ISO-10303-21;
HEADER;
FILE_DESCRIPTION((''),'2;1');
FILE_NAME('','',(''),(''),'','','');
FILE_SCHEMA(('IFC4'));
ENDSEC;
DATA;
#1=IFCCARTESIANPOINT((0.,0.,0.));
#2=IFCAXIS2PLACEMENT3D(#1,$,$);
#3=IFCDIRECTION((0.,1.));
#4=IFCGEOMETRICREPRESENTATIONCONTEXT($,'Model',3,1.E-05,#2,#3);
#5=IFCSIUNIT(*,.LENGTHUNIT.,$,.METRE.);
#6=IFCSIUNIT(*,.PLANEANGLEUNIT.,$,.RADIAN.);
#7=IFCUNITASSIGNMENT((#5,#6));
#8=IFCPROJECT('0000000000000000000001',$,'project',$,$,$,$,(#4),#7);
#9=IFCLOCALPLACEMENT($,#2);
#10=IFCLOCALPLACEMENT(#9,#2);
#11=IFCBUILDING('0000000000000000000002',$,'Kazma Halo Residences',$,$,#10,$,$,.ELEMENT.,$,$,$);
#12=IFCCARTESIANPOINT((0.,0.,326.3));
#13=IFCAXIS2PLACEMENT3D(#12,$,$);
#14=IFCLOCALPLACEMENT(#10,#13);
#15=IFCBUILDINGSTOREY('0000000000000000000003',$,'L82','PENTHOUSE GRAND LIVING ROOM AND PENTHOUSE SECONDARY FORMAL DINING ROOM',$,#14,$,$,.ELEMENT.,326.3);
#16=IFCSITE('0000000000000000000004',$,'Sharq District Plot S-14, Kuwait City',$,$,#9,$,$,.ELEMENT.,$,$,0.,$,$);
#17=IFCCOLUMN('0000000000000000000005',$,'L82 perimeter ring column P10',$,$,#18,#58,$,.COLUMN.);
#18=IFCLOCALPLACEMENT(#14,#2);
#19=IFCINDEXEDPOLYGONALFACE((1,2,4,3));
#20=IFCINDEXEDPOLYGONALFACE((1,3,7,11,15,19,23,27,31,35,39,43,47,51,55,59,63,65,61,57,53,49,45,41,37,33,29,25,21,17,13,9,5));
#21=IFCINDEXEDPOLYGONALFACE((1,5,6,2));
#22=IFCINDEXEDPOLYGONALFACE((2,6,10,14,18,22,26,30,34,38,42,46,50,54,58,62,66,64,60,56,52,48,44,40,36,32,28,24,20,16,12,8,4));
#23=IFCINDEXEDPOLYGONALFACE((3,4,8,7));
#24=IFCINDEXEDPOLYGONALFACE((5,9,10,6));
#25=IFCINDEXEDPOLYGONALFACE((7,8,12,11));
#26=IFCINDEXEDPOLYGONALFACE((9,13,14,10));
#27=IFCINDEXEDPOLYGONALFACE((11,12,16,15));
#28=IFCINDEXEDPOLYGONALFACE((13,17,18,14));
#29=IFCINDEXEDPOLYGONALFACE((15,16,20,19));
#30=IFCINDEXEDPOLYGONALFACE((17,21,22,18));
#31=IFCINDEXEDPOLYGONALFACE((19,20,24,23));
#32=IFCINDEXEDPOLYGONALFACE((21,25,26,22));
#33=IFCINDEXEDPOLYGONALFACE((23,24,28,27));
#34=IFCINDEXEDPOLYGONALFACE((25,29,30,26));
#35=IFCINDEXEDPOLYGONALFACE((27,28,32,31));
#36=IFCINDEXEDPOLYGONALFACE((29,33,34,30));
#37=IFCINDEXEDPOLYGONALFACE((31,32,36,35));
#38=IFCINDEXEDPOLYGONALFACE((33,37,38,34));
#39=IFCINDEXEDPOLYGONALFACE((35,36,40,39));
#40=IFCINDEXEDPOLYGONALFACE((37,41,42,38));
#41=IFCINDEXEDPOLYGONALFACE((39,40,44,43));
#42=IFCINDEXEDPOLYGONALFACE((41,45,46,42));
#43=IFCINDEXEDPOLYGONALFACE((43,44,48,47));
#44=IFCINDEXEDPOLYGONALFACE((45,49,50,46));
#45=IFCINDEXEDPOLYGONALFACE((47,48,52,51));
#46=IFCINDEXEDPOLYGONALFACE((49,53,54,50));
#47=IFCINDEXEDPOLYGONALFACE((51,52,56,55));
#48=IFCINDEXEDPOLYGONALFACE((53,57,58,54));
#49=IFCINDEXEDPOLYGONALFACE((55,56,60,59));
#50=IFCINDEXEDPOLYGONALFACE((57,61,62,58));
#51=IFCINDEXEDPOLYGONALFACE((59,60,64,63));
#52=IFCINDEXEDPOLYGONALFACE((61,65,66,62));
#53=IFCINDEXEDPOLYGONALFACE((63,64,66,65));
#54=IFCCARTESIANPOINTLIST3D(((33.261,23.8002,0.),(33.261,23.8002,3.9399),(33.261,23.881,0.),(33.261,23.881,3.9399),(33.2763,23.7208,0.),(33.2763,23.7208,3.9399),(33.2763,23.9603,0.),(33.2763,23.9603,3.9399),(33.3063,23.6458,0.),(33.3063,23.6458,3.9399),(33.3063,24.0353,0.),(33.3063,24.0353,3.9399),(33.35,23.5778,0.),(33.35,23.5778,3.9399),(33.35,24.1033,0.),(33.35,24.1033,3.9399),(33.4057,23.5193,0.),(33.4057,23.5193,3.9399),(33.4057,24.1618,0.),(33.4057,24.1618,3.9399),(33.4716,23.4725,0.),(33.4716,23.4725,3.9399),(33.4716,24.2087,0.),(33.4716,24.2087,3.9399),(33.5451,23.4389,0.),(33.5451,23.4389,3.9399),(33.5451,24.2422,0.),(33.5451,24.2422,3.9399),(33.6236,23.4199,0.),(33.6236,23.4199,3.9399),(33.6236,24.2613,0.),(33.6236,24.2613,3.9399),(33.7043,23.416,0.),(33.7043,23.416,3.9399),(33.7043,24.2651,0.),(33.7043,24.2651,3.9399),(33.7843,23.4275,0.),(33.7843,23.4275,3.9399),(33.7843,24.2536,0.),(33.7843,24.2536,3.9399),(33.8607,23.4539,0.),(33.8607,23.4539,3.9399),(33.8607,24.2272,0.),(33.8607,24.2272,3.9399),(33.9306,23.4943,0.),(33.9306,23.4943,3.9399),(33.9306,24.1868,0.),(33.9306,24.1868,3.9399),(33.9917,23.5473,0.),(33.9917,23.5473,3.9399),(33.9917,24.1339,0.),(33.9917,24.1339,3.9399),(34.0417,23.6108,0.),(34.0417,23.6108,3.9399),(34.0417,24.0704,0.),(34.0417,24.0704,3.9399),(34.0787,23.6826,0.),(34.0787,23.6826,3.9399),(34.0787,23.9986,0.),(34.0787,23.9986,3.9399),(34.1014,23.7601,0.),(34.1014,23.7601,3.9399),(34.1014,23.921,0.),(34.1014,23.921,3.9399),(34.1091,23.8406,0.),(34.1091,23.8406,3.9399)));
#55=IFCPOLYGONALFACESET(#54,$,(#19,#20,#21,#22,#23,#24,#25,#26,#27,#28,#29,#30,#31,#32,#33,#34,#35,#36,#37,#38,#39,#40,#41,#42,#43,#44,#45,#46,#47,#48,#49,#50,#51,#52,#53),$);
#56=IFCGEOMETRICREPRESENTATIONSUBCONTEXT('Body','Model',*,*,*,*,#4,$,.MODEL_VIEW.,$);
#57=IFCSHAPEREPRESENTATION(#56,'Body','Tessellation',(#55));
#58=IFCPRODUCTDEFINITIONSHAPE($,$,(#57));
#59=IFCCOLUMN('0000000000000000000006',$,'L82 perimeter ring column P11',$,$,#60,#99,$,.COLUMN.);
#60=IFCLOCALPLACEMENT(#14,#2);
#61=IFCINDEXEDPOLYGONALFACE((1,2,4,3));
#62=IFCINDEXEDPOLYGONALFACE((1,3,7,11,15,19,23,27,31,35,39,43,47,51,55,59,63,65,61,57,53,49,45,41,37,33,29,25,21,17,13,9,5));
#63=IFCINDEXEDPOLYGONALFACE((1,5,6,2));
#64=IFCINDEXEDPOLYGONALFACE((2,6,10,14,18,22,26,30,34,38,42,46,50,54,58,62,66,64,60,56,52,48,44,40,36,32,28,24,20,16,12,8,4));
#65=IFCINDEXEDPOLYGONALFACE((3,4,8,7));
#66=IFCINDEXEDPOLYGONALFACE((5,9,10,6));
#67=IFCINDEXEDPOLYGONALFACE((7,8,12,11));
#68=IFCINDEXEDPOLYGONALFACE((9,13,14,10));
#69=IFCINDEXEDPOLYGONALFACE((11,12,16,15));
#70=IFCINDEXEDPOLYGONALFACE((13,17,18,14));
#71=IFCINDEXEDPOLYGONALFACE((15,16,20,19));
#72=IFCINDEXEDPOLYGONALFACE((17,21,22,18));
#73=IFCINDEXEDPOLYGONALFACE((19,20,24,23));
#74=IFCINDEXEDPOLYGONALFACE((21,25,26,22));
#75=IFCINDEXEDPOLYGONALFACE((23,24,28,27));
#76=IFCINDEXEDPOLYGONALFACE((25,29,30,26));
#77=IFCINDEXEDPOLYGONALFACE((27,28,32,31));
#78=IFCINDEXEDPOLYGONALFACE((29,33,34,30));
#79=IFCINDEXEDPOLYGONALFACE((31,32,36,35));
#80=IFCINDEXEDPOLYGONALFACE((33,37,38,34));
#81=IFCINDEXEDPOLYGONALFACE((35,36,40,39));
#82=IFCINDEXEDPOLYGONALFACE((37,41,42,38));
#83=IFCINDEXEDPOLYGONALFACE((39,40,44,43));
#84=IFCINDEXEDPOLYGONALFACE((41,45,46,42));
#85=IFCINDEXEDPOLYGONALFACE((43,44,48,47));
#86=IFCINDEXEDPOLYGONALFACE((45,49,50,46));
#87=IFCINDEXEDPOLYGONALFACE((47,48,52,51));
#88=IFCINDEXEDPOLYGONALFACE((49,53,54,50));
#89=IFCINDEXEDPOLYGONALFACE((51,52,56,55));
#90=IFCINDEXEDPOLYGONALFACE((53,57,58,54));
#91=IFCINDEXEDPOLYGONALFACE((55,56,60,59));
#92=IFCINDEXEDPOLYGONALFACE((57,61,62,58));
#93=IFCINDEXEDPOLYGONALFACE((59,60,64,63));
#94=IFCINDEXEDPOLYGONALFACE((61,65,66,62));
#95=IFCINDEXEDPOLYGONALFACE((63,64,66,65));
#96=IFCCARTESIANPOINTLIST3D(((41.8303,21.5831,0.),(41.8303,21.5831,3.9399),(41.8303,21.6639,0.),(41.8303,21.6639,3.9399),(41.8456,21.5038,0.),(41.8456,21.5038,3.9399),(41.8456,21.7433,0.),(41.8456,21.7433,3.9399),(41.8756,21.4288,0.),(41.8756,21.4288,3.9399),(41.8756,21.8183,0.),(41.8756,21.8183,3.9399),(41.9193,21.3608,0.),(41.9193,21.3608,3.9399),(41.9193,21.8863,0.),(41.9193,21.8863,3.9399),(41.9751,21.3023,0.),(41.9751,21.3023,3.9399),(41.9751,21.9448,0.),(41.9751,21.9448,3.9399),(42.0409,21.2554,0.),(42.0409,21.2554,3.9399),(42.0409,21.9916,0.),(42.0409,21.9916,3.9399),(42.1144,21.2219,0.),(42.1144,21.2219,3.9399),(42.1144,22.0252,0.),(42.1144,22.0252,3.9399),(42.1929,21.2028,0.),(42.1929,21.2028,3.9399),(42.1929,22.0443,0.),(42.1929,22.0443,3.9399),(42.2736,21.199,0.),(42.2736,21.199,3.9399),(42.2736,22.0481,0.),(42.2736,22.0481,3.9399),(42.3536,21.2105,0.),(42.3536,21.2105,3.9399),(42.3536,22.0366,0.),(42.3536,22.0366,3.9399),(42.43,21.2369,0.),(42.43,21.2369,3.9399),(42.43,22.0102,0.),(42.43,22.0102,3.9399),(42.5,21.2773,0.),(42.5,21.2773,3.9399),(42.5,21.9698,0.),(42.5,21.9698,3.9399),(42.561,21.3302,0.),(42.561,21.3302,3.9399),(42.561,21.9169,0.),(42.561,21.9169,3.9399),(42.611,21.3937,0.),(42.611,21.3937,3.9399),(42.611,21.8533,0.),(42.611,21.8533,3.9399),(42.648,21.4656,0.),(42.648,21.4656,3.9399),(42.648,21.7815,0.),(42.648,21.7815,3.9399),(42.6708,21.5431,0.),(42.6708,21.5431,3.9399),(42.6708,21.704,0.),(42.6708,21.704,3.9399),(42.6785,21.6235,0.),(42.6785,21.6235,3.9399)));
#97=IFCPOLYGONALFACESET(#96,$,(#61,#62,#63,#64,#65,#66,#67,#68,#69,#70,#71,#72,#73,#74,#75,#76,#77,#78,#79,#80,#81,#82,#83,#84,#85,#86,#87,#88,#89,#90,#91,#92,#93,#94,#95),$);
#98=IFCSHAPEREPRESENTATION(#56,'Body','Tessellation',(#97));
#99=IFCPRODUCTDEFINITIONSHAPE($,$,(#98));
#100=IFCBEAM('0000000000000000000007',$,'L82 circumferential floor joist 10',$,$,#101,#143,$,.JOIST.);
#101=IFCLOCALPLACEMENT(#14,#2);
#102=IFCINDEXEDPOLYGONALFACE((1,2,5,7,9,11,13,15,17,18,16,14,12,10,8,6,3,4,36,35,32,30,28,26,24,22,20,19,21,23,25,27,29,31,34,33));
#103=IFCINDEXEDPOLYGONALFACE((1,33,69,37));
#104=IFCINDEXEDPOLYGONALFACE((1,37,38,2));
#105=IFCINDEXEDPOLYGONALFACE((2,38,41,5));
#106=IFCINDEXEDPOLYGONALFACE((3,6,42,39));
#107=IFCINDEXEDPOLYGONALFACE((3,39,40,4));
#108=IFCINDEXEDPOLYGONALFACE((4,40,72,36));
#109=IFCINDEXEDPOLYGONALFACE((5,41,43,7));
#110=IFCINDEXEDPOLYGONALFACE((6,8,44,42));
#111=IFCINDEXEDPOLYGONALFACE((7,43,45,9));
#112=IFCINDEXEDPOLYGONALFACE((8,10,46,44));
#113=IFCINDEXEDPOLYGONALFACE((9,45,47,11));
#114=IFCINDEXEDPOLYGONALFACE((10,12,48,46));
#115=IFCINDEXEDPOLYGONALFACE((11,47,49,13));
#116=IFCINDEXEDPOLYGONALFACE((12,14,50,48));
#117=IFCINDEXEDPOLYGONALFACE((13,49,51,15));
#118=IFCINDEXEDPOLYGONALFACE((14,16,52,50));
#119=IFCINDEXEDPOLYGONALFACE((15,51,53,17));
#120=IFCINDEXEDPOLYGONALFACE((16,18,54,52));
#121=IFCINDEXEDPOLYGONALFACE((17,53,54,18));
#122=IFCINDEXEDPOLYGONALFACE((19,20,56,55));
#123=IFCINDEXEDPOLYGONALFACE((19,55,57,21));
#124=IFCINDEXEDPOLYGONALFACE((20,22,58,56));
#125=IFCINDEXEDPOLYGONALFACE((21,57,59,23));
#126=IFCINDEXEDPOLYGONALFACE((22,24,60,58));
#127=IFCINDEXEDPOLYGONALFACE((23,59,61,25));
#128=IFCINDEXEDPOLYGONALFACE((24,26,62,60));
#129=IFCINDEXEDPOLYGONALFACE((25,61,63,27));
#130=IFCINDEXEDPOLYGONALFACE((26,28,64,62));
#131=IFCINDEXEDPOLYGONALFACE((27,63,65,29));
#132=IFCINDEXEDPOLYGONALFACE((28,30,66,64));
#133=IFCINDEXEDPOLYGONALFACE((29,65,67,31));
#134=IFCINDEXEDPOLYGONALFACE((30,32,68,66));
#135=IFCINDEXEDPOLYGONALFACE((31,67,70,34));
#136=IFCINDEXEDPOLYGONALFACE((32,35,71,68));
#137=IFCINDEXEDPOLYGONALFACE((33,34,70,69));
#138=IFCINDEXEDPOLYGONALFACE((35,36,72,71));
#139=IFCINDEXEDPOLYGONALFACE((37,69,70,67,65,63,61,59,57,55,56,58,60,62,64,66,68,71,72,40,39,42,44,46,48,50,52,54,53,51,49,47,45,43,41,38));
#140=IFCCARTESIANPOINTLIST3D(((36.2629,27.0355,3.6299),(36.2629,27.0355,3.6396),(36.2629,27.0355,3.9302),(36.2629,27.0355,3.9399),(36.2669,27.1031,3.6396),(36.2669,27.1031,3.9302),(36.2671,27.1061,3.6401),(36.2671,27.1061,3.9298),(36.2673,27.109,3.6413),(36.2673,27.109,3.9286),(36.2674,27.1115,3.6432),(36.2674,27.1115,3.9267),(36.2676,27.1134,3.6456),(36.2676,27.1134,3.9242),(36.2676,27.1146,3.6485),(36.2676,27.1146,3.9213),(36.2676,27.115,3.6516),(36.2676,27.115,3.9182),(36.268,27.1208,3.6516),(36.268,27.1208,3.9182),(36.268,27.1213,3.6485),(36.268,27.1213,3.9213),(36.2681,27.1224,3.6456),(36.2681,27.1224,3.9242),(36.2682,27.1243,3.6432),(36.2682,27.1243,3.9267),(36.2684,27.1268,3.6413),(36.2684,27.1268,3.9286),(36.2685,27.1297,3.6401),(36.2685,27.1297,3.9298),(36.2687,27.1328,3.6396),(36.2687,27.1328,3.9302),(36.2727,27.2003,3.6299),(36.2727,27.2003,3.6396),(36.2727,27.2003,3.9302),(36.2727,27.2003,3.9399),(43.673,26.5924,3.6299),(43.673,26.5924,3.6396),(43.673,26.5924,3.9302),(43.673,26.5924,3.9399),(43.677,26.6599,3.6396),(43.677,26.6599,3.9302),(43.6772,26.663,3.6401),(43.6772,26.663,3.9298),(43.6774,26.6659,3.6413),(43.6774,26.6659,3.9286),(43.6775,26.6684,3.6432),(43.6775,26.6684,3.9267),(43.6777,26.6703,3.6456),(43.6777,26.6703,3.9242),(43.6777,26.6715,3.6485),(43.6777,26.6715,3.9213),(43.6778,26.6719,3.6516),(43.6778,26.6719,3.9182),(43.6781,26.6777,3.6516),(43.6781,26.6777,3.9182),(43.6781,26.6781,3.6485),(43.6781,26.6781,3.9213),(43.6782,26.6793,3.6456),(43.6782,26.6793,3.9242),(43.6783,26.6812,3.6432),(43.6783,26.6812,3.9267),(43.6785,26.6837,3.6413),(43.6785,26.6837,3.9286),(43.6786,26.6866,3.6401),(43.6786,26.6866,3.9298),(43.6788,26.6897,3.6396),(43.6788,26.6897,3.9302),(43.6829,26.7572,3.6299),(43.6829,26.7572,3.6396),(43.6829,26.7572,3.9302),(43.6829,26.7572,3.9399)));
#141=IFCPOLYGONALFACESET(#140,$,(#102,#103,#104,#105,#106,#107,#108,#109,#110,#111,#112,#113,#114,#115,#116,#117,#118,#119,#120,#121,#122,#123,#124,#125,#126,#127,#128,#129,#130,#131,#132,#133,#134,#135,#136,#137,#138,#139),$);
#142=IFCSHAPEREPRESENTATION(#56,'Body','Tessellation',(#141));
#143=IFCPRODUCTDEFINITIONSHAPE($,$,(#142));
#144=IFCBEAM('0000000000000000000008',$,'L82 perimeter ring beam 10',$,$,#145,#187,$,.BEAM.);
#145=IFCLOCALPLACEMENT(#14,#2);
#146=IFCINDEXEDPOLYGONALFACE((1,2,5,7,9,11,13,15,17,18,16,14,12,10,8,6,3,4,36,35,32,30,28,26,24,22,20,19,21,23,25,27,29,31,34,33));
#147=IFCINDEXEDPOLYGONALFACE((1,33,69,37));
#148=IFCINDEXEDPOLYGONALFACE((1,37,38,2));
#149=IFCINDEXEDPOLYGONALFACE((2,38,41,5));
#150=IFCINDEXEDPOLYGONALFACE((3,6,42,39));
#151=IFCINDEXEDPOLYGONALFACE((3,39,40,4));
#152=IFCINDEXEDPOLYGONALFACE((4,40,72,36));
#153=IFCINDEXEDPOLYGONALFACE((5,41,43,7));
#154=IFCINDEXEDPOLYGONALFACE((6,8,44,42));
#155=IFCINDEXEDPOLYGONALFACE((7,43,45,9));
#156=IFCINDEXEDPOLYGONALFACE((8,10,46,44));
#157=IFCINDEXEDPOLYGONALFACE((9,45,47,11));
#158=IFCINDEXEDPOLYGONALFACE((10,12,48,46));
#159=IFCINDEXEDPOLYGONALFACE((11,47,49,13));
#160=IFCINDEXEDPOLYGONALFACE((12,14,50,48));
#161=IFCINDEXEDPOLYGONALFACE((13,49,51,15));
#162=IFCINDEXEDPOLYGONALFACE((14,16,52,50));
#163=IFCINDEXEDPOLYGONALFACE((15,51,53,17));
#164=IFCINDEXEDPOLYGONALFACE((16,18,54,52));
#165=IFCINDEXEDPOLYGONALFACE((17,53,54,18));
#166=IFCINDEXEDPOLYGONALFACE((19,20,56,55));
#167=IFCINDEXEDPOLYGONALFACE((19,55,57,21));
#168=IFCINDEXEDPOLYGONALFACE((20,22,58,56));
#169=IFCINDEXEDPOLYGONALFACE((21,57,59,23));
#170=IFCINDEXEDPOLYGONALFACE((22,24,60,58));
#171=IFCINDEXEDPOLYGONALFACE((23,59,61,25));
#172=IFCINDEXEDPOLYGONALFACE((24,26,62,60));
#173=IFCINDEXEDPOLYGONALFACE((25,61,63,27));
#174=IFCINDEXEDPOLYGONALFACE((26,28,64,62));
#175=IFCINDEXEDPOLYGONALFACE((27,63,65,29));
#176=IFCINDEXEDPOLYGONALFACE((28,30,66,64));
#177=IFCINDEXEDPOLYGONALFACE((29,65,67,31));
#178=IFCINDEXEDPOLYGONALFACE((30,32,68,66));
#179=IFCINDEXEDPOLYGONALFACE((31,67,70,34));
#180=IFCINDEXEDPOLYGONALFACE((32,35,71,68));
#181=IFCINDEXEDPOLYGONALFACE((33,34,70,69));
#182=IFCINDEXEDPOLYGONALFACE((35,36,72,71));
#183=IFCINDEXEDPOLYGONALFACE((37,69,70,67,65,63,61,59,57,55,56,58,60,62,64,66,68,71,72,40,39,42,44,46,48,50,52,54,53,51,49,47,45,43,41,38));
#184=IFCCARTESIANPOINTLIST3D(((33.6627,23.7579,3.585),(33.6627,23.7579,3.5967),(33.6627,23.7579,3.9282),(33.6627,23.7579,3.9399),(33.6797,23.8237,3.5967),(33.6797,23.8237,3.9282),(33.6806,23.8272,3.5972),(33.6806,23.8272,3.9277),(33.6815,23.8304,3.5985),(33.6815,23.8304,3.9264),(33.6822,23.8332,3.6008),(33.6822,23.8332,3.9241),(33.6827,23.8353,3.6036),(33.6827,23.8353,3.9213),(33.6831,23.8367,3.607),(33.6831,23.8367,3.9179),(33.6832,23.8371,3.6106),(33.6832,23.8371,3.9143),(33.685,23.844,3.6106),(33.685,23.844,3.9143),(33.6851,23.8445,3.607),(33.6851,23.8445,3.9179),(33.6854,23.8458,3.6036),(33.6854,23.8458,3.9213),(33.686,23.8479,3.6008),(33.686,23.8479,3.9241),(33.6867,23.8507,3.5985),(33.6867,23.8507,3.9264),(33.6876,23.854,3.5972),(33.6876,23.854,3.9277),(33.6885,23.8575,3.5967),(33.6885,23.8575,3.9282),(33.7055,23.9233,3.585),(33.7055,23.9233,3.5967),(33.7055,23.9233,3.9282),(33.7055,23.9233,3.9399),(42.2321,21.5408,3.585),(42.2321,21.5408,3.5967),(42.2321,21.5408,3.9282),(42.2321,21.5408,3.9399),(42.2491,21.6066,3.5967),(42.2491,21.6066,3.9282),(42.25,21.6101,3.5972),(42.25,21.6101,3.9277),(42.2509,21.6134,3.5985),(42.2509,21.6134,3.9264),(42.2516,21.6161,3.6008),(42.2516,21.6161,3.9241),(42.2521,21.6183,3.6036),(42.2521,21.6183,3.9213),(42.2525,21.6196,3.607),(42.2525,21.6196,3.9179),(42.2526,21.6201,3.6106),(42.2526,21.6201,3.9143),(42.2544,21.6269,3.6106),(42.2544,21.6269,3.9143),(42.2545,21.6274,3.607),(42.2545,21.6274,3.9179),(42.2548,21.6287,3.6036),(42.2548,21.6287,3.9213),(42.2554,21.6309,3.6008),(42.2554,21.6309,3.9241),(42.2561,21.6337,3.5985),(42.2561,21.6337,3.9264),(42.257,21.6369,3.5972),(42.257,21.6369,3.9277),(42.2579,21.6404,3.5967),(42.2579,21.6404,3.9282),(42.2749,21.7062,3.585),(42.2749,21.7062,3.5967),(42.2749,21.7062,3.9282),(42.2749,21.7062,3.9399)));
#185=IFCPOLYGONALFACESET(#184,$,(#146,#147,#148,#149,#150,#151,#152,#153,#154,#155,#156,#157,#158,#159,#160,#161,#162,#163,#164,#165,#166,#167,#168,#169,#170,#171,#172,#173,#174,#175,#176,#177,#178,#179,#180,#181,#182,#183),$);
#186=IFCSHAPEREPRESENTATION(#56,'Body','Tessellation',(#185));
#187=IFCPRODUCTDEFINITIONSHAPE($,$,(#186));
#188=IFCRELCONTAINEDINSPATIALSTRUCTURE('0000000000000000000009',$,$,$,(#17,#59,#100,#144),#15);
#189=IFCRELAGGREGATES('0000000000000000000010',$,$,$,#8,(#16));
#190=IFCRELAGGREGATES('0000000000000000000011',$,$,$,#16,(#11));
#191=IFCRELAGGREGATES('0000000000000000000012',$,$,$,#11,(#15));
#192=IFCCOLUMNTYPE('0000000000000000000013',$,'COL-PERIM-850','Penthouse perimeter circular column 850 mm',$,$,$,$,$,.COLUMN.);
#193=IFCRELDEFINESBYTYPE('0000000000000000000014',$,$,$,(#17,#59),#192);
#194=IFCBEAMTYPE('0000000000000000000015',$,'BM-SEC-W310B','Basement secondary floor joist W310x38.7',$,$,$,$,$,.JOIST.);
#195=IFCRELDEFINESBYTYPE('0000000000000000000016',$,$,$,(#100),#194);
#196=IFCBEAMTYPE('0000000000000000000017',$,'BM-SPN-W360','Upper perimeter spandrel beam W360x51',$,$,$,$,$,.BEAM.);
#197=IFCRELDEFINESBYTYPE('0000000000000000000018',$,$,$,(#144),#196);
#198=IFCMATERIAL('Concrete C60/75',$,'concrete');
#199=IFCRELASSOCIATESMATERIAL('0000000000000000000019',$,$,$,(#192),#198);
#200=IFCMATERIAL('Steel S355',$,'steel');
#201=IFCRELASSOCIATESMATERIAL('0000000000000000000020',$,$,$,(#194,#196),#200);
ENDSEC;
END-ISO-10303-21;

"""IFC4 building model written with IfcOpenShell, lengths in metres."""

from ifc_helpers import new_model, si_unit, direction, frame, origin, origin_2d, place, context, subcontext, project, spatial, circle, i_section, extrude, material, material_profile, profile_set, type_object, element, save


model = new_model("IFC4")

# Units and contexts
model_context = context("Model", 3, precision=1e-05, world=origin(), true_north=direction((0.0, 1.0)))
body_context = subcontext(model_context, "Body", "Model", "MODEL_VIEW")
ifc_project = project(units=[si_unit("LENGTHUNIT", "METRE"), si_unit("PLANEANGLEUNIT", "RADIAN")], contexts=[model_context])

# Site, building, storey
site_placement = place(None, origin())
site = spatial("IfcSite", under=ifc_project, at=site_placement, Name="Sharq District Plot S-14, Kuwait City", CompositionType="ELEMENT", RefElevation=0.0)
building_placement = place(site_placement, origin())
building = spatial("IfcBuilding", under=site, at=building_placement, Name="Kazma Halo Residences", CompositionType="ELEMENT")
storey_placement = place(building_placement, frame((0.0, 0.0, 326.3)))
storey = spatial("IfcBuildingStorey", under=building, at=storey_placement, Name="L82", Description="PENTHOUSE GRAND LIVING ROOM AND PENTHOUSE SECONDARY FORMAL DINING ROOM", CompositionType="ELEMENT", Elevation=326.3)

# Columns
ifc_material_1 = material(Name="Concrete C60/75", Category="concrete")
ifc_material_profile_1 = material_profile(ifc_material_1, circle(Radius=0.425, at=origin_2d()), Name="CIRC850")
ifc_profile_set_1 = profile_set([ifc_material_profile_1], Name="Concrete C60/75")
column_type = type_object("IfcColumnType", Name="COL-PERIM-850", Description="Penthouse perimeter circular column 850 mm", PredefinedType="COLUMN", material=ifc_profile_set_1)
for number, where, z_axis, x_axis, name in (
    (1, (33.6841, 23.8406, 0.0), (0.0, 0.0, 1.0), (1.0, 0.0, 0.0), "L82 perimeter ring column P10"),
    (2, (42.2534, 21.6235, 0.0), (0.0, 0.0, 1.0), (1.0, 0.0, 0.0), "L82 perimeter ring column P11"),
):
    element("IfcColumn", number, at=place(storey_placement, frame(where, z_axis=z_axis, x_axis=x_axis)), inside=storey, type_object=column_type, Name=name, PredefinedType="COLUMN", context=body_context, shape_type="SweptSolid", body=[
        extrude(circle(Radius=0.425, at=origin_2d()), origin(), (0.0, 0.0, 1.0), 3.9399),
    ])

# Beams
ifc_material_2 = material(Name="Steel S355", Category="steel")
ifc_material_profile_2 = material_profile(ifc_material_2, i_section(OverallWidth=0.165, OverallDepth=0.3101, WebThickness=0.0059, FlangeThickness=0.0098, FilletRadius=0.012, at=origin_2d()), Name="W310x38.7")
ifc_profile_set_2 = profile_set([ifc_material_profile_2], Name="Steel S355")
beam_type_1 = type_object("IfcBeamType", Name="BM-SEC-W310B", Description="Basement secondary floor joist W310x38.7", PredefinedType="JOIST", material=ifc_profile_set_2)
beam_1_placement = place(storey_placement, frame((36.2678, 27.1179, 3.7849), z_axis=(0.998217, -0.059692, 0.0), x_axis=(0.059692, 0.998217, 0.0)))
element("IfcBeam", 3, at=beam_1_placement, inside=storey, type_object=beam_type_1, Name="L82 circumferential floor joist 10", PredefinedType="JOIST", context=body_context, shape_type="SweptSolid", body=[
    extrude(i_section(OverallWidth=0.165, OverallDepth=0.3101, WebThickness=0.0059, FlangeThickness=0.0098, FilletRadius=0.012, at=origin_2d()), origin(), (0.0, 0.0, 1.0), 7.4233),
])
ifc_material_profile_3 = material_profile(ifc_material_2, i_section(OverallWidth=0.1709, OverallDepth=0.355, WebThickness=0.0071, FlangeThickness=0.0117, FilletRadius=0.0139, at=origin_2d()), Name="W360x51")
ifc_profile_set_3 = profile_set([ifc_material_profile_3], Name="Steel S355")
beam_type_2 = type_object("IfcBeamType", Name="BM-SPN-W360", Description="Upper perimeter spandrel beam W360x51", PredefinedType="BEAM", material=ifc_profile_set_3)
beam_2_placement = place(storey_placement, frame((33.6841, 23.8406, 3.7625), z_axis=(0.968124, -0.250471, 0.0), x_axis=(0.250471, 0.968124, 0.0)))
element("IfcBeam", 4, at=beam_2_placement, inside=storey, type_object=beam_type_2, Name="L82 perimeter ring beam 10", PredefinedType="BEAM", context=body_context, shape_type="SweptSolid", body=[
    extrude(i_section(OverallWidth=0.1709, OverallDepth=0.355, WebThickness=0.0071, FlangeThickness=0.0117, FilletRadius=0.0139, at=origin_2d()), origin(), (0.0, 0.0, 1.0), 8.8516),
])

save(model, "model.ifc")
